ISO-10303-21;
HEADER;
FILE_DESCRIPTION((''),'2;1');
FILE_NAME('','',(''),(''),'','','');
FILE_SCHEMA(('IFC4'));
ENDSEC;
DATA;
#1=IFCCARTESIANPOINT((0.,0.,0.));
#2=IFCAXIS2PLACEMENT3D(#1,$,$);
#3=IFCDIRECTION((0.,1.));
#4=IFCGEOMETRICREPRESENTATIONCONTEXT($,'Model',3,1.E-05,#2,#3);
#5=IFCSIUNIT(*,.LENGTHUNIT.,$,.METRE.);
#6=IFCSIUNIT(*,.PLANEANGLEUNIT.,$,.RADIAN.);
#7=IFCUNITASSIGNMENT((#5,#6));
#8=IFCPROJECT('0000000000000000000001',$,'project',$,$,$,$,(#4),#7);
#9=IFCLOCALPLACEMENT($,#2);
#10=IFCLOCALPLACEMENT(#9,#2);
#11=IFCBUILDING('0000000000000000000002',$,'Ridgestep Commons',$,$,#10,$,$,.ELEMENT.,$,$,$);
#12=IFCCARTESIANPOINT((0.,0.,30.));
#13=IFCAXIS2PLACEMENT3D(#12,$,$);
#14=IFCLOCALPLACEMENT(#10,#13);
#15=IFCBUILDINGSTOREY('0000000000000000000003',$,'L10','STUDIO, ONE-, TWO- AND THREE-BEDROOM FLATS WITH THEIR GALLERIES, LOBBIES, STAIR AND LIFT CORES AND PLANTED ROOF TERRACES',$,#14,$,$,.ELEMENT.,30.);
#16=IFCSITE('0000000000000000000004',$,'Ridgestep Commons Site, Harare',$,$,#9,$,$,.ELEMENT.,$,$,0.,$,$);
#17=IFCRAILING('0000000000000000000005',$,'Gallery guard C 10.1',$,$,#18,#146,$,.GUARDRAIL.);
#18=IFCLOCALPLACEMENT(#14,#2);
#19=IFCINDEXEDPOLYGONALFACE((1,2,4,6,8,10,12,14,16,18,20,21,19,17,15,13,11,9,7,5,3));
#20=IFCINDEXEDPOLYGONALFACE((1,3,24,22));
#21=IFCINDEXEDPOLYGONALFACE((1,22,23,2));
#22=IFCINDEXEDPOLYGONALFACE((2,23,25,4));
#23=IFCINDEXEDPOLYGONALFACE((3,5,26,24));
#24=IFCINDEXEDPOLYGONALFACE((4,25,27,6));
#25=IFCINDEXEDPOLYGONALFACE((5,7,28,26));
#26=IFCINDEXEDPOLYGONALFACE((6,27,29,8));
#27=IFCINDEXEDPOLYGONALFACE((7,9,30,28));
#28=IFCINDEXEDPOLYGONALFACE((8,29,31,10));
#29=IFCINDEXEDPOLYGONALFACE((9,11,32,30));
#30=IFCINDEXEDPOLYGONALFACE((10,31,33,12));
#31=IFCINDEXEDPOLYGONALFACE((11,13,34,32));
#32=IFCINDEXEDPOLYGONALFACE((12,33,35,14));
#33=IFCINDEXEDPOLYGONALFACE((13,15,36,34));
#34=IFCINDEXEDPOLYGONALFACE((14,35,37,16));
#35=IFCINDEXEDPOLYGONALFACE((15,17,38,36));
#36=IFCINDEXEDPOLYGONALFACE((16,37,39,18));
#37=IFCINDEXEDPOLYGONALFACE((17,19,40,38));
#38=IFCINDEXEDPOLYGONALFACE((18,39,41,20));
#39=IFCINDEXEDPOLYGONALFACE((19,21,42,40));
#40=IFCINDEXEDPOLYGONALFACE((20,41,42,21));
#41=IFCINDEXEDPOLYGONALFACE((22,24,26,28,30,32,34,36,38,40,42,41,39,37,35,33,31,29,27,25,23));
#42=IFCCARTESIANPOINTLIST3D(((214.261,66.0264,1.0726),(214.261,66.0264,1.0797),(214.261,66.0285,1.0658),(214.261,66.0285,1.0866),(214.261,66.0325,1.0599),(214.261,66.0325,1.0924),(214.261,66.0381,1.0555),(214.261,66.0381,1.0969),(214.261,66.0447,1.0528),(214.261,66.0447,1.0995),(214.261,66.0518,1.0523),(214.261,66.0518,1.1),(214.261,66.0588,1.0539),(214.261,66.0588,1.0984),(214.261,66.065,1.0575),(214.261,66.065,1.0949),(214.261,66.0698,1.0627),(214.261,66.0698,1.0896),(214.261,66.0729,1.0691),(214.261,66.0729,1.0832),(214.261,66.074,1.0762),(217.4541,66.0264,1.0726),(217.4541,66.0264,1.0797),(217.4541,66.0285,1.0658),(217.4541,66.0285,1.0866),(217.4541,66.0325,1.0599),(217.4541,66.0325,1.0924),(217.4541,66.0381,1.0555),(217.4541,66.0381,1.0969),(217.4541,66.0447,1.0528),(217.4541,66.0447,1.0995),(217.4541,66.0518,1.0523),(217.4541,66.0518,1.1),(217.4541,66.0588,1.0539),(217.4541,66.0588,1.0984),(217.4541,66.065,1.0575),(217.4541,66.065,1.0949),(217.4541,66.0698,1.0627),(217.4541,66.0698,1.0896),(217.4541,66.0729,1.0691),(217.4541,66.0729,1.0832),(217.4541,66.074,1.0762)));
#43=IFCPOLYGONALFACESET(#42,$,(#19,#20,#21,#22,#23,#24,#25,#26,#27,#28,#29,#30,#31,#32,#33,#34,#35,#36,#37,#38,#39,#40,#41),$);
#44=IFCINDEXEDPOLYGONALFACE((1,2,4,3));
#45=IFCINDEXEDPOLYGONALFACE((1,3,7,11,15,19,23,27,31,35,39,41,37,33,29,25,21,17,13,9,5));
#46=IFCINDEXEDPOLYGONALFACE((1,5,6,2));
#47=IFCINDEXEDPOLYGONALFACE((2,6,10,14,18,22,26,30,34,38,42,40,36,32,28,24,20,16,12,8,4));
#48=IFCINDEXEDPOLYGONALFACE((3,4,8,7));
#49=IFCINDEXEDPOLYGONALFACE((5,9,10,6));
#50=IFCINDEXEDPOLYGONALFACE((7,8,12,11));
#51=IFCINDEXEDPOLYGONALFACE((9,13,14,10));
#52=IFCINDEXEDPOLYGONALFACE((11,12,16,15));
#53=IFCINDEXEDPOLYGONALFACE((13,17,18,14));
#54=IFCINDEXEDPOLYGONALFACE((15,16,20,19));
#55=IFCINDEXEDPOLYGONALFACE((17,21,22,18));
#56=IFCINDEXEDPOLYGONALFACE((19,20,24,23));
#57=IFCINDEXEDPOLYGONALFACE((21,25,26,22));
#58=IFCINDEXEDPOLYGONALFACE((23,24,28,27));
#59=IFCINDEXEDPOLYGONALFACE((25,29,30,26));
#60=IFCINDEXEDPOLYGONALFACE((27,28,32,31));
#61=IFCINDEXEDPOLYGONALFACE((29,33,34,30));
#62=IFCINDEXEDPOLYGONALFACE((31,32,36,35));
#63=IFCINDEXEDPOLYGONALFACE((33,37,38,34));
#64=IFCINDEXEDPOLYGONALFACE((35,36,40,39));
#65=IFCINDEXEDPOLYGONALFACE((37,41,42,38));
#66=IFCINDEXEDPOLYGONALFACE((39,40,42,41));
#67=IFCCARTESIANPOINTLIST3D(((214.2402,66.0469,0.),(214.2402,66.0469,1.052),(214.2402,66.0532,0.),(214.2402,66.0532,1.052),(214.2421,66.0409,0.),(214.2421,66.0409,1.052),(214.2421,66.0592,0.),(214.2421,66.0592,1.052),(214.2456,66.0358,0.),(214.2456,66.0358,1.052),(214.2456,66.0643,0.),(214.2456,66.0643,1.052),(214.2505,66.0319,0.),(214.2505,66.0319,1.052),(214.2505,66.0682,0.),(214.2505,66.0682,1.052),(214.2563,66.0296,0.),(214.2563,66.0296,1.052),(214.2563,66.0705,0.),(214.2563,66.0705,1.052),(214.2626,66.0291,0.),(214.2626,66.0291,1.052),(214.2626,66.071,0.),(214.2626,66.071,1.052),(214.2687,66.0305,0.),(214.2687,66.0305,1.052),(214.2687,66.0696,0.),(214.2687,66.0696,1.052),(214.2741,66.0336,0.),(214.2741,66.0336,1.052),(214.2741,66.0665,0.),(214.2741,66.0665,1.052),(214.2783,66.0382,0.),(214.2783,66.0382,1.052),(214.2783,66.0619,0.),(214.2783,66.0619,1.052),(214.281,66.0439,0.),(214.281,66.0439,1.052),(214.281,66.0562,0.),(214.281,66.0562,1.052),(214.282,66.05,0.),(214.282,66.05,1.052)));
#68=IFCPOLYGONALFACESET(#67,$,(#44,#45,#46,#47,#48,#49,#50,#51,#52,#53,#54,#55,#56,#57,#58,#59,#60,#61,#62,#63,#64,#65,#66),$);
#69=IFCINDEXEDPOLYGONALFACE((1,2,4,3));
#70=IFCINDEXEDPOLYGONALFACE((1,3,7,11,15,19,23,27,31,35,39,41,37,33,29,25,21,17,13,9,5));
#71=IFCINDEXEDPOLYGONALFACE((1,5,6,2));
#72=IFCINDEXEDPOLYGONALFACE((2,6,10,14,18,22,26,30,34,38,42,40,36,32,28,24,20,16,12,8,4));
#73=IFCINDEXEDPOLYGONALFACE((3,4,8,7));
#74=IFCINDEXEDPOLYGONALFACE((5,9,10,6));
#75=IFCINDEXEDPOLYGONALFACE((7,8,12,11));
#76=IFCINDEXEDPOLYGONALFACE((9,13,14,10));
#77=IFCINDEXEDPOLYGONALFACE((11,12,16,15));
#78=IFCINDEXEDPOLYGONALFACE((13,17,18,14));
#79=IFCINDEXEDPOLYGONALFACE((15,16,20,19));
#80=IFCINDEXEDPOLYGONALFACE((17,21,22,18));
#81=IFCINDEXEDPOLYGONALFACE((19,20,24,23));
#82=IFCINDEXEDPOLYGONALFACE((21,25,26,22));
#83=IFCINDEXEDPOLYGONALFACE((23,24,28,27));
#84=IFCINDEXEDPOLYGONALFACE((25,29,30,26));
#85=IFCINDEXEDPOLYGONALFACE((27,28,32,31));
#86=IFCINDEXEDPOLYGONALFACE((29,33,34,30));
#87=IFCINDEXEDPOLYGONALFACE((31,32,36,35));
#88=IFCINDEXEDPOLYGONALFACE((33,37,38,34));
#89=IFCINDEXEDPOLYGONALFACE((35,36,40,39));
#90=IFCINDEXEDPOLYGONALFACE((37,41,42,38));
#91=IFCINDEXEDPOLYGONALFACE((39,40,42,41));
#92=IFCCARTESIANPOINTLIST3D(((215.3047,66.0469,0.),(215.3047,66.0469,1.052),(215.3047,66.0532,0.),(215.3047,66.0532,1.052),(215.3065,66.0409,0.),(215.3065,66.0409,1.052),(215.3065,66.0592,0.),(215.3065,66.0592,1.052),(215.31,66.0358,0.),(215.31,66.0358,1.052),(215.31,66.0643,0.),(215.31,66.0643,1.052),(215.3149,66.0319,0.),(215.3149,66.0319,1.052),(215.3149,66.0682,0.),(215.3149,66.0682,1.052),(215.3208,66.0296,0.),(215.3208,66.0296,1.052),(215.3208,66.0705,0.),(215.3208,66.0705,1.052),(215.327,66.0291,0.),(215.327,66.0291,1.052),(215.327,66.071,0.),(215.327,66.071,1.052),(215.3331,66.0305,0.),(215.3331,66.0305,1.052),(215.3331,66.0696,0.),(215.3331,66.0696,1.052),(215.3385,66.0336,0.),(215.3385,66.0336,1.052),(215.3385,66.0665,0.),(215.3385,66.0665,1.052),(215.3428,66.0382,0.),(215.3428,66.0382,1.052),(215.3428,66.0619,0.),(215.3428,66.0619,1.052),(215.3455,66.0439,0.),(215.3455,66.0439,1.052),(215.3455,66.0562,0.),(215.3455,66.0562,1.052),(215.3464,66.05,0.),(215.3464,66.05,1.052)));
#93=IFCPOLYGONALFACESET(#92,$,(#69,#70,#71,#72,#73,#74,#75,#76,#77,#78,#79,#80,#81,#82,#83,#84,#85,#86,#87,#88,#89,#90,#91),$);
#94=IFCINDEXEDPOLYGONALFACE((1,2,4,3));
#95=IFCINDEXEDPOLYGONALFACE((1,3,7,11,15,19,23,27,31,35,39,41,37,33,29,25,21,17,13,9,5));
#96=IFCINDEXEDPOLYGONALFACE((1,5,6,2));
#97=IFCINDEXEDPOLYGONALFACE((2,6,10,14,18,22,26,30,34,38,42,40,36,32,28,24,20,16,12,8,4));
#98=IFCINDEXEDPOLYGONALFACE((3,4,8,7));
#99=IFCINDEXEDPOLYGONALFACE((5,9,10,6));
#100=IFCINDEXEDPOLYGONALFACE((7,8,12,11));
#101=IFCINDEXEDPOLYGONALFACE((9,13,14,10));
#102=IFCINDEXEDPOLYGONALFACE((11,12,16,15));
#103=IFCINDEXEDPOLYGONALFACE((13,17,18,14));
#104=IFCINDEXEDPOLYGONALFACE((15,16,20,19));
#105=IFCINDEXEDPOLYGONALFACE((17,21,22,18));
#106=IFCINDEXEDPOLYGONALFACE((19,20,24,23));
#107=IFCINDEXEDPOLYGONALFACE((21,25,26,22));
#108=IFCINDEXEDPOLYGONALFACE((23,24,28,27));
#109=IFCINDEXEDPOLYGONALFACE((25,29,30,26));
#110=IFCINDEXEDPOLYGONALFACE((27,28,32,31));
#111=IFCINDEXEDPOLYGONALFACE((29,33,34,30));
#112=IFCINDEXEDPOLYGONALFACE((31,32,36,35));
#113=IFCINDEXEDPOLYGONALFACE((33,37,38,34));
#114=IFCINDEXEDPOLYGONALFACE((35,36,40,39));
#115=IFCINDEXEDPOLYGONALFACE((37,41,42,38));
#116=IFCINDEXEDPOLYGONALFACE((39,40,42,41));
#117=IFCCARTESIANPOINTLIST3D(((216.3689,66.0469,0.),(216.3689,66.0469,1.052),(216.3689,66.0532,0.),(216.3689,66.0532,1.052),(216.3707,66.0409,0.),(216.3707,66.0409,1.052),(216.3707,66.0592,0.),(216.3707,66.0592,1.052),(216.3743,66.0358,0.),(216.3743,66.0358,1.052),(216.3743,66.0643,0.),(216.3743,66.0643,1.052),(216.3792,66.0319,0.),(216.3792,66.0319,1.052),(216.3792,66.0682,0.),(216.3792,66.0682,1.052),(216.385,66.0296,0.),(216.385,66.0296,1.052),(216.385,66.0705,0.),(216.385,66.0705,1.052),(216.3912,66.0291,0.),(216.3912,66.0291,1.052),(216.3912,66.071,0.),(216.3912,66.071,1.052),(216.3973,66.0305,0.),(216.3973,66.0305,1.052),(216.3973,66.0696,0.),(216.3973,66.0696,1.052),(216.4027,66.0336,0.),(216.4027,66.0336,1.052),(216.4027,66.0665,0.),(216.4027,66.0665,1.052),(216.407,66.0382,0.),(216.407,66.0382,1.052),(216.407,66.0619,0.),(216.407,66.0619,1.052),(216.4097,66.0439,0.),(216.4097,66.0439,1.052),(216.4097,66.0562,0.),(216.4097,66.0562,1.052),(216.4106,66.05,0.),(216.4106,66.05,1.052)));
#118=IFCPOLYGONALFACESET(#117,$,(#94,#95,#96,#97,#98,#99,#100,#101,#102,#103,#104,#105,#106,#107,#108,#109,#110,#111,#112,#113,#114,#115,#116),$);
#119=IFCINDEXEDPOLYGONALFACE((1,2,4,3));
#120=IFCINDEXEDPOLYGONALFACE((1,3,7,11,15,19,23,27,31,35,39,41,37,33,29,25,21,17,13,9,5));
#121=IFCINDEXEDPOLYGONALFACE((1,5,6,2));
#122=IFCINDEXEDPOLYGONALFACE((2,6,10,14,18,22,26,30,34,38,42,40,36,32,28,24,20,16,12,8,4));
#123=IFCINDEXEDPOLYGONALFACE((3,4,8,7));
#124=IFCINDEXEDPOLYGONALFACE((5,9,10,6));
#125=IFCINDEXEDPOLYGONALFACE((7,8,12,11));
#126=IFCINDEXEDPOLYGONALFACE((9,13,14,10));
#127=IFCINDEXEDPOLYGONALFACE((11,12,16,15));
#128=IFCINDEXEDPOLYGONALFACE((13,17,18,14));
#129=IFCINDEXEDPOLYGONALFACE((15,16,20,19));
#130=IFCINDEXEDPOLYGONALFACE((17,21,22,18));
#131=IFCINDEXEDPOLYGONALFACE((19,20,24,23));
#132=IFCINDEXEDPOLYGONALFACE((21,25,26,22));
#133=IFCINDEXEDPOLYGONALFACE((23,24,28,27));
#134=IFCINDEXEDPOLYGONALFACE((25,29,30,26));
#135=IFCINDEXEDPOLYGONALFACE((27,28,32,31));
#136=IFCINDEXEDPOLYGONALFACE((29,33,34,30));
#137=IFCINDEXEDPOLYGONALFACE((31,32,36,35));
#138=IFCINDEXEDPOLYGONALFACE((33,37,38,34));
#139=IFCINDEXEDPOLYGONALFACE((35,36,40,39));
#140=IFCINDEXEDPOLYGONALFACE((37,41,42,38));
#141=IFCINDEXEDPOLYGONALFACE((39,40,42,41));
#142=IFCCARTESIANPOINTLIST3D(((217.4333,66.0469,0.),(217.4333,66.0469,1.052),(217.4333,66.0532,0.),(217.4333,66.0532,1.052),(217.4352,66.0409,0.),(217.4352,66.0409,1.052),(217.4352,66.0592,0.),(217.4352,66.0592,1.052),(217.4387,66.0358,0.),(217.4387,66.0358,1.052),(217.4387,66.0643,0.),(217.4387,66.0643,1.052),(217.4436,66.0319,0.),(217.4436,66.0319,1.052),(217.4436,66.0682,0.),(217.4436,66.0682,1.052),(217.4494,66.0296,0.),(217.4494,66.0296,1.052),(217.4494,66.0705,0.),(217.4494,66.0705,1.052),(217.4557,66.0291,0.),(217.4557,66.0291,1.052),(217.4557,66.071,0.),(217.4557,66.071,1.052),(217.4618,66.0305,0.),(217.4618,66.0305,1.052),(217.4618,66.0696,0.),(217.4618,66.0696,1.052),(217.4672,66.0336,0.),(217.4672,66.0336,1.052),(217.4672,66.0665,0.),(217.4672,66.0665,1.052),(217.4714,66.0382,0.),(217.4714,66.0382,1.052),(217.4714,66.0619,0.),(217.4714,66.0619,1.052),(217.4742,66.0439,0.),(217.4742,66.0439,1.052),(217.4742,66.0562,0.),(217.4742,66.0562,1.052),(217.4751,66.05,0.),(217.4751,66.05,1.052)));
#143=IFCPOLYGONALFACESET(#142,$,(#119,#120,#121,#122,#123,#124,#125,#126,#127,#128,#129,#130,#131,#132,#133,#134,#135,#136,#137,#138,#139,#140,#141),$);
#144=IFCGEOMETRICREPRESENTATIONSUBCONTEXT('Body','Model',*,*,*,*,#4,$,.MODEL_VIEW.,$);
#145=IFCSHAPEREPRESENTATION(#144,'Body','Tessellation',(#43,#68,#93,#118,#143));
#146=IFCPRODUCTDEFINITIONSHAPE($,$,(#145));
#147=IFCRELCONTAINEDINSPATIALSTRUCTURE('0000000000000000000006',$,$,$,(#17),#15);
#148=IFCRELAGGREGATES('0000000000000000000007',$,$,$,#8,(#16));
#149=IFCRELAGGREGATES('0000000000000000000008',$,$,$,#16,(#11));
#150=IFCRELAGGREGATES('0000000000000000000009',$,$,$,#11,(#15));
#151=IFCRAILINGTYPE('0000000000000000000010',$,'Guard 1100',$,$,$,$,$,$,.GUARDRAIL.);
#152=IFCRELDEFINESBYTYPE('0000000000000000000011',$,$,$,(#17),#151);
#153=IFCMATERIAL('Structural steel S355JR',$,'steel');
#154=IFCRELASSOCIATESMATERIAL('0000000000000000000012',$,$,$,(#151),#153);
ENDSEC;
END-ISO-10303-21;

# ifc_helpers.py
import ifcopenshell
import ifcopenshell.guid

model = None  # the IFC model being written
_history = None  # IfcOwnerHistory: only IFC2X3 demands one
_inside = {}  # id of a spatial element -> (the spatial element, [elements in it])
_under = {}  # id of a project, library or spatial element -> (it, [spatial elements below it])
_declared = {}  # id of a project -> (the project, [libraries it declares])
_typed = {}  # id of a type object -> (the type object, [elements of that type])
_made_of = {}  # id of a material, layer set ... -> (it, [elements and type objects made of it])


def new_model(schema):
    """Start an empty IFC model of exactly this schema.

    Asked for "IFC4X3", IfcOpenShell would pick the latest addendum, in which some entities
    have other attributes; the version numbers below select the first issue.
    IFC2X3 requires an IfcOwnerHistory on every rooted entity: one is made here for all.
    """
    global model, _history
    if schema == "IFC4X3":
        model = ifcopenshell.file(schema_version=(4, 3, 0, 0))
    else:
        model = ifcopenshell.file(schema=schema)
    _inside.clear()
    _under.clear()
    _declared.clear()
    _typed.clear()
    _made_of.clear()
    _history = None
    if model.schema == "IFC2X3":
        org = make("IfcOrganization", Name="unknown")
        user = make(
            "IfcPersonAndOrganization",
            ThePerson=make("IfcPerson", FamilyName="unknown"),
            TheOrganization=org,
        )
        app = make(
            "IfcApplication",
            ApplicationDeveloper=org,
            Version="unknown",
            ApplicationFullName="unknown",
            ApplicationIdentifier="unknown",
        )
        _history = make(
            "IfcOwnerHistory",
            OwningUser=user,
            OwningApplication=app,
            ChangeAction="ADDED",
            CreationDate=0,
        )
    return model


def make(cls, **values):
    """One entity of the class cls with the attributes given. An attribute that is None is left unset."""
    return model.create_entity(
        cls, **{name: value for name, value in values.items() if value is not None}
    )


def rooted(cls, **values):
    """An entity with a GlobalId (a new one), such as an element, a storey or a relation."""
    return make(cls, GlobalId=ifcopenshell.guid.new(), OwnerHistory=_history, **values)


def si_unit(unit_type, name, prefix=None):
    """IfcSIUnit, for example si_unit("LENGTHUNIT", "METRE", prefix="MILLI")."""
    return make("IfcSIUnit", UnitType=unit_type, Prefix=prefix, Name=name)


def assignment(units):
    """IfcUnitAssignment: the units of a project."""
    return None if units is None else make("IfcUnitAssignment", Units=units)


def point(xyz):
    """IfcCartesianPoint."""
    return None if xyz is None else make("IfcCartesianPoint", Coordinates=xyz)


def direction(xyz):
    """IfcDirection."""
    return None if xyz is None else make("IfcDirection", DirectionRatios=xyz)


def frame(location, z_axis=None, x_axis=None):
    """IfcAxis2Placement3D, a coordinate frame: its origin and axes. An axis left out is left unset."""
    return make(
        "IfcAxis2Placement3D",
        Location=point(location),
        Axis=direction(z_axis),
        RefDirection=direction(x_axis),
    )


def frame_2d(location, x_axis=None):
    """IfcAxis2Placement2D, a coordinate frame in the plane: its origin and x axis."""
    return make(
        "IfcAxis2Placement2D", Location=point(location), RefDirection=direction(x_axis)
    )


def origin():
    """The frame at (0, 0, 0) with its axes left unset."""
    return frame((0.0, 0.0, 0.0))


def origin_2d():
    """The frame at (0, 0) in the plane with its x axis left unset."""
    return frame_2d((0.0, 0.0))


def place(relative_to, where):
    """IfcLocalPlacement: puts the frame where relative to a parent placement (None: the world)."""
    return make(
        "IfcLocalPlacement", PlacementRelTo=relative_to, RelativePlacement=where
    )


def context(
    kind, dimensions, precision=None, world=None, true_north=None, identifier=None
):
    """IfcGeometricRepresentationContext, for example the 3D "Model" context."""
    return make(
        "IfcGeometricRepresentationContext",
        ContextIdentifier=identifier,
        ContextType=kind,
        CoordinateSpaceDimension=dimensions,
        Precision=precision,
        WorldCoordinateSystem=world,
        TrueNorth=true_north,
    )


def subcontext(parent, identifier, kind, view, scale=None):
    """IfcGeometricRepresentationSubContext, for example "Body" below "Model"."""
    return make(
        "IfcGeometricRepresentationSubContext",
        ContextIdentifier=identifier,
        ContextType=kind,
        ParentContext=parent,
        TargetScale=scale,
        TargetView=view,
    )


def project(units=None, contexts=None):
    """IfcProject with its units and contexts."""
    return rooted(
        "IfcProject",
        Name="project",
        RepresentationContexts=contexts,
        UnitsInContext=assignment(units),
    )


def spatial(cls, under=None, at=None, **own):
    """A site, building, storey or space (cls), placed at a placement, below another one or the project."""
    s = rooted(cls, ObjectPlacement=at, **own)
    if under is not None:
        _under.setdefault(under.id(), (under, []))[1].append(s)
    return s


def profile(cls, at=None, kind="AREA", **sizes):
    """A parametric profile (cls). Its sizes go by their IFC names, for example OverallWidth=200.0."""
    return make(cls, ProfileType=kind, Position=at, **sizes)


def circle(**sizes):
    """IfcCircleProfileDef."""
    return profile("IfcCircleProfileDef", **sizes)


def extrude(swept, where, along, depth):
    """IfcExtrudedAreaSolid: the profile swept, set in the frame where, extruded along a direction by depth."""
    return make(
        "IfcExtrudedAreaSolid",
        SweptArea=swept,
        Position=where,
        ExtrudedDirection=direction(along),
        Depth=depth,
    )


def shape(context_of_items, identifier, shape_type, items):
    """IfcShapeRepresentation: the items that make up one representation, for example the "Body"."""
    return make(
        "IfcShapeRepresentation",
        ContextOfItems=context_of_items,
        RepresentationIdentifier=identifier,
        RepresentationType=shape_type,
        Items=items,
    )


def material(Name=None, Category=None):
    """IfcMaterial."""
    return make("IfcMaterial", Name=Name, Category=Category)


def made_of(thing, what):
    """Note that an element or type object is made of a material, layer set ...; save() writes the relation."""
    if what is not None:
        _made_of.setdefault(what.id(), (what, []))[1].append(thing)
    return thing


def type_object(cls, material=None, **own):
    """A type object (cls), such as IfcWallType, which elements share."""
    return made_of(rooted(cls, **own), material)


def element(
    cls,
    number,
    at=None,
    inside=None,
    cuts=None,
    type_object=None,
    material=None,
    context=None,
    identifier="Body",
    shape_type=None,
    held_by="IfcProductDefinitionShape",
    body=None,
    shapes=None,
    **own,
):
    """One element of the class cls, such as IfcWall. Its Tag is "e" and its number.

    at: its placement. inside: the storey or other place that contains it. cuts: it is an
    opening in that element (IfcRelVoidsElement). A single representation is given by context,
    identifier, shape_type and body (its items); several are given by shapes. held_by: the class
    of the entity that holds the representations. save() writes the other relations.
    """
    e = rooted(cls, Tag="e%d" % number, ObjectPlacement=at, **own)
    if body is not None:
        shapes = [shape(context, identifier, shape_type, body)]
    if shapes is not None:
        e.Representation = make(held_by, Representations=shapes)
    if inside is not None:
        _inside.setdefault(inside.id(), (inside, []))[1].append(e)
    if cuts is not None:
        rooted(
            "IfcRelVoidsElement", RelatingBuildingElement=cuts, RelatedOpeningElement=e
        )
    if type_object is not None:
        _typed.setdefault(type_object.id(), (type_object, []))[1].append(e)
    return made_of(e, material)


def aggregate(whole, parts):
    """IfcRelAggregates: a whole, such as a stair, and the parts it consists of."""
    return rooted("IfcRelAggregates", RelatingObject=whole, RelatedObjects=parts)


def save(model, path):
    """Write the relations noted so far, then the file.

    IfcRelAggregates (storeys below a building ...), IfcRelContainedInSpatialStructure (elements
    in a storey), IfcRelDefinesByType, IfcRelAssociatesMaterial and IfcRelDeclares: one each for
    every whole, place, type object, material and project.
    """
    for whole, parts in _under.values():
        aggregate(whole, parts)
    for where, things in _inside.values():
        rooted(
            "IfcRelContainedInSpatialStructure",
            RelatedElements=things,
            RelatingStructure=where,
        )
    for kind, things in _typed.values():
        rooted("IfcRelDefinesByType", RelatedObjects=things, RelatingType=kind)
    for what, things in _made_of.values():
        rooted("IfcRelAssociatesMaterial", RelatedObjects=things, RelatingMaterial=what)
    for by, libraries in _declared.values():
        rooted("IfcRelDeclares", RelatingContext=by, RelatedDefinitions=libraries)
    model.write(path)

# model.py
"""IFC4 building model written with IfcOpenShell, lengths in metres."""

from ifc_helpers import new_model, si_unit, direction, frame, origin, origin_2d, place, context, subcontext, project, spatial, circle, extrude, material, type_object, element, save


model = new_model("IFC4")

# Units and contexts
model_context = context("Model", 3, precision=1e-05, world=origin(), true_north=direction((0.0, 1.0)))
body_context = subcontext(model_context, "Body", "Model", "MODEL_VIEW")
ifc_project = project(units=[si_unit("LENGTHUNIT", "METRE"), si_unit("PLANEANGLEUNIT", "RADIAN")], contexts=[model_context])

# Site, building, storey
site_placement = place(None, origin())
site = spatial("IfcSite", under=ifc_project, at=site_placement, Name="Ridgestep Commons Site, Harare", CompositionType="ELEMENT", RefElevation=0.0)
building_placement = place(site_placement, origin())
building = spatial("IfcBuilding", under=site, at=building_placement, Name="Ridgestep Commons", CompositionType="ELEMENT")
storey_placement = place(building_placement, frame((0.0, 0.0, 30.0)))
storey = spatial("IfcBuildingStorey", under=building, at=storey_placement, Name="L10", Description="STUDIO, ONE-, TWO- AND THREE-BEDROOM FLATS WITH THEIR GALLERIES, LOBBIES, STAIR AND LIFT CORES AND PLANTED ROOF TERRACES", CompositionType="ELEMENT", Elevation=30.0)

# Railing
ifc_material_1 = material(Name="Structural steel S355JR", Category="steel")
railing_type = type_object("IfcRailingType", Name="Guard 1100", PredefinedType="GUARDRAIL", material=ifc_material_1)
railing_1_placement = place(storey_placement, frame((214.261, 66.05, 0.0)))
element("IfcRailing", 1, at=railing_1_placement, inside=storey, type_object=railing_type, Name="Gallery guard C 10.1", PredefinedType="GUARDRAIL", context=body_context, shape_type="SweptSolid", body=[
    extrude(circle(Radius=0.0239, at=origin_2d()), frame((0.0, 0.0, 1.0762), z_axis=(1.0, 0.0, 0.0), x_axis=(0.0, 1.0, 0.0)), (0.0, 0.0, 1.0), 3.1931),
    extrude(circle(Radius=0.021, at=origin_2d()), origin(), (0.0, 0.0, 1.0), 1.052),
    extrude(circle(Radius=0.021, at=origin_2d()), frame((1.0645, 0.0, 0.0)), (0.0, 0.0, 1.0), 1.052),
    extrude(circle(Radius=0.021, at=origin_2d()), frame((2.1287, 0.0, 0.0)), (0.0, 0.0, 1.0), 1.052),
    extrude(circle(Radius=0.021, at=origin_2d()), frame((3.1931, 0.0, 0.0)), (0.0, 0.0, 1.0), 1.052),
])

save(model, "model.ifc")
